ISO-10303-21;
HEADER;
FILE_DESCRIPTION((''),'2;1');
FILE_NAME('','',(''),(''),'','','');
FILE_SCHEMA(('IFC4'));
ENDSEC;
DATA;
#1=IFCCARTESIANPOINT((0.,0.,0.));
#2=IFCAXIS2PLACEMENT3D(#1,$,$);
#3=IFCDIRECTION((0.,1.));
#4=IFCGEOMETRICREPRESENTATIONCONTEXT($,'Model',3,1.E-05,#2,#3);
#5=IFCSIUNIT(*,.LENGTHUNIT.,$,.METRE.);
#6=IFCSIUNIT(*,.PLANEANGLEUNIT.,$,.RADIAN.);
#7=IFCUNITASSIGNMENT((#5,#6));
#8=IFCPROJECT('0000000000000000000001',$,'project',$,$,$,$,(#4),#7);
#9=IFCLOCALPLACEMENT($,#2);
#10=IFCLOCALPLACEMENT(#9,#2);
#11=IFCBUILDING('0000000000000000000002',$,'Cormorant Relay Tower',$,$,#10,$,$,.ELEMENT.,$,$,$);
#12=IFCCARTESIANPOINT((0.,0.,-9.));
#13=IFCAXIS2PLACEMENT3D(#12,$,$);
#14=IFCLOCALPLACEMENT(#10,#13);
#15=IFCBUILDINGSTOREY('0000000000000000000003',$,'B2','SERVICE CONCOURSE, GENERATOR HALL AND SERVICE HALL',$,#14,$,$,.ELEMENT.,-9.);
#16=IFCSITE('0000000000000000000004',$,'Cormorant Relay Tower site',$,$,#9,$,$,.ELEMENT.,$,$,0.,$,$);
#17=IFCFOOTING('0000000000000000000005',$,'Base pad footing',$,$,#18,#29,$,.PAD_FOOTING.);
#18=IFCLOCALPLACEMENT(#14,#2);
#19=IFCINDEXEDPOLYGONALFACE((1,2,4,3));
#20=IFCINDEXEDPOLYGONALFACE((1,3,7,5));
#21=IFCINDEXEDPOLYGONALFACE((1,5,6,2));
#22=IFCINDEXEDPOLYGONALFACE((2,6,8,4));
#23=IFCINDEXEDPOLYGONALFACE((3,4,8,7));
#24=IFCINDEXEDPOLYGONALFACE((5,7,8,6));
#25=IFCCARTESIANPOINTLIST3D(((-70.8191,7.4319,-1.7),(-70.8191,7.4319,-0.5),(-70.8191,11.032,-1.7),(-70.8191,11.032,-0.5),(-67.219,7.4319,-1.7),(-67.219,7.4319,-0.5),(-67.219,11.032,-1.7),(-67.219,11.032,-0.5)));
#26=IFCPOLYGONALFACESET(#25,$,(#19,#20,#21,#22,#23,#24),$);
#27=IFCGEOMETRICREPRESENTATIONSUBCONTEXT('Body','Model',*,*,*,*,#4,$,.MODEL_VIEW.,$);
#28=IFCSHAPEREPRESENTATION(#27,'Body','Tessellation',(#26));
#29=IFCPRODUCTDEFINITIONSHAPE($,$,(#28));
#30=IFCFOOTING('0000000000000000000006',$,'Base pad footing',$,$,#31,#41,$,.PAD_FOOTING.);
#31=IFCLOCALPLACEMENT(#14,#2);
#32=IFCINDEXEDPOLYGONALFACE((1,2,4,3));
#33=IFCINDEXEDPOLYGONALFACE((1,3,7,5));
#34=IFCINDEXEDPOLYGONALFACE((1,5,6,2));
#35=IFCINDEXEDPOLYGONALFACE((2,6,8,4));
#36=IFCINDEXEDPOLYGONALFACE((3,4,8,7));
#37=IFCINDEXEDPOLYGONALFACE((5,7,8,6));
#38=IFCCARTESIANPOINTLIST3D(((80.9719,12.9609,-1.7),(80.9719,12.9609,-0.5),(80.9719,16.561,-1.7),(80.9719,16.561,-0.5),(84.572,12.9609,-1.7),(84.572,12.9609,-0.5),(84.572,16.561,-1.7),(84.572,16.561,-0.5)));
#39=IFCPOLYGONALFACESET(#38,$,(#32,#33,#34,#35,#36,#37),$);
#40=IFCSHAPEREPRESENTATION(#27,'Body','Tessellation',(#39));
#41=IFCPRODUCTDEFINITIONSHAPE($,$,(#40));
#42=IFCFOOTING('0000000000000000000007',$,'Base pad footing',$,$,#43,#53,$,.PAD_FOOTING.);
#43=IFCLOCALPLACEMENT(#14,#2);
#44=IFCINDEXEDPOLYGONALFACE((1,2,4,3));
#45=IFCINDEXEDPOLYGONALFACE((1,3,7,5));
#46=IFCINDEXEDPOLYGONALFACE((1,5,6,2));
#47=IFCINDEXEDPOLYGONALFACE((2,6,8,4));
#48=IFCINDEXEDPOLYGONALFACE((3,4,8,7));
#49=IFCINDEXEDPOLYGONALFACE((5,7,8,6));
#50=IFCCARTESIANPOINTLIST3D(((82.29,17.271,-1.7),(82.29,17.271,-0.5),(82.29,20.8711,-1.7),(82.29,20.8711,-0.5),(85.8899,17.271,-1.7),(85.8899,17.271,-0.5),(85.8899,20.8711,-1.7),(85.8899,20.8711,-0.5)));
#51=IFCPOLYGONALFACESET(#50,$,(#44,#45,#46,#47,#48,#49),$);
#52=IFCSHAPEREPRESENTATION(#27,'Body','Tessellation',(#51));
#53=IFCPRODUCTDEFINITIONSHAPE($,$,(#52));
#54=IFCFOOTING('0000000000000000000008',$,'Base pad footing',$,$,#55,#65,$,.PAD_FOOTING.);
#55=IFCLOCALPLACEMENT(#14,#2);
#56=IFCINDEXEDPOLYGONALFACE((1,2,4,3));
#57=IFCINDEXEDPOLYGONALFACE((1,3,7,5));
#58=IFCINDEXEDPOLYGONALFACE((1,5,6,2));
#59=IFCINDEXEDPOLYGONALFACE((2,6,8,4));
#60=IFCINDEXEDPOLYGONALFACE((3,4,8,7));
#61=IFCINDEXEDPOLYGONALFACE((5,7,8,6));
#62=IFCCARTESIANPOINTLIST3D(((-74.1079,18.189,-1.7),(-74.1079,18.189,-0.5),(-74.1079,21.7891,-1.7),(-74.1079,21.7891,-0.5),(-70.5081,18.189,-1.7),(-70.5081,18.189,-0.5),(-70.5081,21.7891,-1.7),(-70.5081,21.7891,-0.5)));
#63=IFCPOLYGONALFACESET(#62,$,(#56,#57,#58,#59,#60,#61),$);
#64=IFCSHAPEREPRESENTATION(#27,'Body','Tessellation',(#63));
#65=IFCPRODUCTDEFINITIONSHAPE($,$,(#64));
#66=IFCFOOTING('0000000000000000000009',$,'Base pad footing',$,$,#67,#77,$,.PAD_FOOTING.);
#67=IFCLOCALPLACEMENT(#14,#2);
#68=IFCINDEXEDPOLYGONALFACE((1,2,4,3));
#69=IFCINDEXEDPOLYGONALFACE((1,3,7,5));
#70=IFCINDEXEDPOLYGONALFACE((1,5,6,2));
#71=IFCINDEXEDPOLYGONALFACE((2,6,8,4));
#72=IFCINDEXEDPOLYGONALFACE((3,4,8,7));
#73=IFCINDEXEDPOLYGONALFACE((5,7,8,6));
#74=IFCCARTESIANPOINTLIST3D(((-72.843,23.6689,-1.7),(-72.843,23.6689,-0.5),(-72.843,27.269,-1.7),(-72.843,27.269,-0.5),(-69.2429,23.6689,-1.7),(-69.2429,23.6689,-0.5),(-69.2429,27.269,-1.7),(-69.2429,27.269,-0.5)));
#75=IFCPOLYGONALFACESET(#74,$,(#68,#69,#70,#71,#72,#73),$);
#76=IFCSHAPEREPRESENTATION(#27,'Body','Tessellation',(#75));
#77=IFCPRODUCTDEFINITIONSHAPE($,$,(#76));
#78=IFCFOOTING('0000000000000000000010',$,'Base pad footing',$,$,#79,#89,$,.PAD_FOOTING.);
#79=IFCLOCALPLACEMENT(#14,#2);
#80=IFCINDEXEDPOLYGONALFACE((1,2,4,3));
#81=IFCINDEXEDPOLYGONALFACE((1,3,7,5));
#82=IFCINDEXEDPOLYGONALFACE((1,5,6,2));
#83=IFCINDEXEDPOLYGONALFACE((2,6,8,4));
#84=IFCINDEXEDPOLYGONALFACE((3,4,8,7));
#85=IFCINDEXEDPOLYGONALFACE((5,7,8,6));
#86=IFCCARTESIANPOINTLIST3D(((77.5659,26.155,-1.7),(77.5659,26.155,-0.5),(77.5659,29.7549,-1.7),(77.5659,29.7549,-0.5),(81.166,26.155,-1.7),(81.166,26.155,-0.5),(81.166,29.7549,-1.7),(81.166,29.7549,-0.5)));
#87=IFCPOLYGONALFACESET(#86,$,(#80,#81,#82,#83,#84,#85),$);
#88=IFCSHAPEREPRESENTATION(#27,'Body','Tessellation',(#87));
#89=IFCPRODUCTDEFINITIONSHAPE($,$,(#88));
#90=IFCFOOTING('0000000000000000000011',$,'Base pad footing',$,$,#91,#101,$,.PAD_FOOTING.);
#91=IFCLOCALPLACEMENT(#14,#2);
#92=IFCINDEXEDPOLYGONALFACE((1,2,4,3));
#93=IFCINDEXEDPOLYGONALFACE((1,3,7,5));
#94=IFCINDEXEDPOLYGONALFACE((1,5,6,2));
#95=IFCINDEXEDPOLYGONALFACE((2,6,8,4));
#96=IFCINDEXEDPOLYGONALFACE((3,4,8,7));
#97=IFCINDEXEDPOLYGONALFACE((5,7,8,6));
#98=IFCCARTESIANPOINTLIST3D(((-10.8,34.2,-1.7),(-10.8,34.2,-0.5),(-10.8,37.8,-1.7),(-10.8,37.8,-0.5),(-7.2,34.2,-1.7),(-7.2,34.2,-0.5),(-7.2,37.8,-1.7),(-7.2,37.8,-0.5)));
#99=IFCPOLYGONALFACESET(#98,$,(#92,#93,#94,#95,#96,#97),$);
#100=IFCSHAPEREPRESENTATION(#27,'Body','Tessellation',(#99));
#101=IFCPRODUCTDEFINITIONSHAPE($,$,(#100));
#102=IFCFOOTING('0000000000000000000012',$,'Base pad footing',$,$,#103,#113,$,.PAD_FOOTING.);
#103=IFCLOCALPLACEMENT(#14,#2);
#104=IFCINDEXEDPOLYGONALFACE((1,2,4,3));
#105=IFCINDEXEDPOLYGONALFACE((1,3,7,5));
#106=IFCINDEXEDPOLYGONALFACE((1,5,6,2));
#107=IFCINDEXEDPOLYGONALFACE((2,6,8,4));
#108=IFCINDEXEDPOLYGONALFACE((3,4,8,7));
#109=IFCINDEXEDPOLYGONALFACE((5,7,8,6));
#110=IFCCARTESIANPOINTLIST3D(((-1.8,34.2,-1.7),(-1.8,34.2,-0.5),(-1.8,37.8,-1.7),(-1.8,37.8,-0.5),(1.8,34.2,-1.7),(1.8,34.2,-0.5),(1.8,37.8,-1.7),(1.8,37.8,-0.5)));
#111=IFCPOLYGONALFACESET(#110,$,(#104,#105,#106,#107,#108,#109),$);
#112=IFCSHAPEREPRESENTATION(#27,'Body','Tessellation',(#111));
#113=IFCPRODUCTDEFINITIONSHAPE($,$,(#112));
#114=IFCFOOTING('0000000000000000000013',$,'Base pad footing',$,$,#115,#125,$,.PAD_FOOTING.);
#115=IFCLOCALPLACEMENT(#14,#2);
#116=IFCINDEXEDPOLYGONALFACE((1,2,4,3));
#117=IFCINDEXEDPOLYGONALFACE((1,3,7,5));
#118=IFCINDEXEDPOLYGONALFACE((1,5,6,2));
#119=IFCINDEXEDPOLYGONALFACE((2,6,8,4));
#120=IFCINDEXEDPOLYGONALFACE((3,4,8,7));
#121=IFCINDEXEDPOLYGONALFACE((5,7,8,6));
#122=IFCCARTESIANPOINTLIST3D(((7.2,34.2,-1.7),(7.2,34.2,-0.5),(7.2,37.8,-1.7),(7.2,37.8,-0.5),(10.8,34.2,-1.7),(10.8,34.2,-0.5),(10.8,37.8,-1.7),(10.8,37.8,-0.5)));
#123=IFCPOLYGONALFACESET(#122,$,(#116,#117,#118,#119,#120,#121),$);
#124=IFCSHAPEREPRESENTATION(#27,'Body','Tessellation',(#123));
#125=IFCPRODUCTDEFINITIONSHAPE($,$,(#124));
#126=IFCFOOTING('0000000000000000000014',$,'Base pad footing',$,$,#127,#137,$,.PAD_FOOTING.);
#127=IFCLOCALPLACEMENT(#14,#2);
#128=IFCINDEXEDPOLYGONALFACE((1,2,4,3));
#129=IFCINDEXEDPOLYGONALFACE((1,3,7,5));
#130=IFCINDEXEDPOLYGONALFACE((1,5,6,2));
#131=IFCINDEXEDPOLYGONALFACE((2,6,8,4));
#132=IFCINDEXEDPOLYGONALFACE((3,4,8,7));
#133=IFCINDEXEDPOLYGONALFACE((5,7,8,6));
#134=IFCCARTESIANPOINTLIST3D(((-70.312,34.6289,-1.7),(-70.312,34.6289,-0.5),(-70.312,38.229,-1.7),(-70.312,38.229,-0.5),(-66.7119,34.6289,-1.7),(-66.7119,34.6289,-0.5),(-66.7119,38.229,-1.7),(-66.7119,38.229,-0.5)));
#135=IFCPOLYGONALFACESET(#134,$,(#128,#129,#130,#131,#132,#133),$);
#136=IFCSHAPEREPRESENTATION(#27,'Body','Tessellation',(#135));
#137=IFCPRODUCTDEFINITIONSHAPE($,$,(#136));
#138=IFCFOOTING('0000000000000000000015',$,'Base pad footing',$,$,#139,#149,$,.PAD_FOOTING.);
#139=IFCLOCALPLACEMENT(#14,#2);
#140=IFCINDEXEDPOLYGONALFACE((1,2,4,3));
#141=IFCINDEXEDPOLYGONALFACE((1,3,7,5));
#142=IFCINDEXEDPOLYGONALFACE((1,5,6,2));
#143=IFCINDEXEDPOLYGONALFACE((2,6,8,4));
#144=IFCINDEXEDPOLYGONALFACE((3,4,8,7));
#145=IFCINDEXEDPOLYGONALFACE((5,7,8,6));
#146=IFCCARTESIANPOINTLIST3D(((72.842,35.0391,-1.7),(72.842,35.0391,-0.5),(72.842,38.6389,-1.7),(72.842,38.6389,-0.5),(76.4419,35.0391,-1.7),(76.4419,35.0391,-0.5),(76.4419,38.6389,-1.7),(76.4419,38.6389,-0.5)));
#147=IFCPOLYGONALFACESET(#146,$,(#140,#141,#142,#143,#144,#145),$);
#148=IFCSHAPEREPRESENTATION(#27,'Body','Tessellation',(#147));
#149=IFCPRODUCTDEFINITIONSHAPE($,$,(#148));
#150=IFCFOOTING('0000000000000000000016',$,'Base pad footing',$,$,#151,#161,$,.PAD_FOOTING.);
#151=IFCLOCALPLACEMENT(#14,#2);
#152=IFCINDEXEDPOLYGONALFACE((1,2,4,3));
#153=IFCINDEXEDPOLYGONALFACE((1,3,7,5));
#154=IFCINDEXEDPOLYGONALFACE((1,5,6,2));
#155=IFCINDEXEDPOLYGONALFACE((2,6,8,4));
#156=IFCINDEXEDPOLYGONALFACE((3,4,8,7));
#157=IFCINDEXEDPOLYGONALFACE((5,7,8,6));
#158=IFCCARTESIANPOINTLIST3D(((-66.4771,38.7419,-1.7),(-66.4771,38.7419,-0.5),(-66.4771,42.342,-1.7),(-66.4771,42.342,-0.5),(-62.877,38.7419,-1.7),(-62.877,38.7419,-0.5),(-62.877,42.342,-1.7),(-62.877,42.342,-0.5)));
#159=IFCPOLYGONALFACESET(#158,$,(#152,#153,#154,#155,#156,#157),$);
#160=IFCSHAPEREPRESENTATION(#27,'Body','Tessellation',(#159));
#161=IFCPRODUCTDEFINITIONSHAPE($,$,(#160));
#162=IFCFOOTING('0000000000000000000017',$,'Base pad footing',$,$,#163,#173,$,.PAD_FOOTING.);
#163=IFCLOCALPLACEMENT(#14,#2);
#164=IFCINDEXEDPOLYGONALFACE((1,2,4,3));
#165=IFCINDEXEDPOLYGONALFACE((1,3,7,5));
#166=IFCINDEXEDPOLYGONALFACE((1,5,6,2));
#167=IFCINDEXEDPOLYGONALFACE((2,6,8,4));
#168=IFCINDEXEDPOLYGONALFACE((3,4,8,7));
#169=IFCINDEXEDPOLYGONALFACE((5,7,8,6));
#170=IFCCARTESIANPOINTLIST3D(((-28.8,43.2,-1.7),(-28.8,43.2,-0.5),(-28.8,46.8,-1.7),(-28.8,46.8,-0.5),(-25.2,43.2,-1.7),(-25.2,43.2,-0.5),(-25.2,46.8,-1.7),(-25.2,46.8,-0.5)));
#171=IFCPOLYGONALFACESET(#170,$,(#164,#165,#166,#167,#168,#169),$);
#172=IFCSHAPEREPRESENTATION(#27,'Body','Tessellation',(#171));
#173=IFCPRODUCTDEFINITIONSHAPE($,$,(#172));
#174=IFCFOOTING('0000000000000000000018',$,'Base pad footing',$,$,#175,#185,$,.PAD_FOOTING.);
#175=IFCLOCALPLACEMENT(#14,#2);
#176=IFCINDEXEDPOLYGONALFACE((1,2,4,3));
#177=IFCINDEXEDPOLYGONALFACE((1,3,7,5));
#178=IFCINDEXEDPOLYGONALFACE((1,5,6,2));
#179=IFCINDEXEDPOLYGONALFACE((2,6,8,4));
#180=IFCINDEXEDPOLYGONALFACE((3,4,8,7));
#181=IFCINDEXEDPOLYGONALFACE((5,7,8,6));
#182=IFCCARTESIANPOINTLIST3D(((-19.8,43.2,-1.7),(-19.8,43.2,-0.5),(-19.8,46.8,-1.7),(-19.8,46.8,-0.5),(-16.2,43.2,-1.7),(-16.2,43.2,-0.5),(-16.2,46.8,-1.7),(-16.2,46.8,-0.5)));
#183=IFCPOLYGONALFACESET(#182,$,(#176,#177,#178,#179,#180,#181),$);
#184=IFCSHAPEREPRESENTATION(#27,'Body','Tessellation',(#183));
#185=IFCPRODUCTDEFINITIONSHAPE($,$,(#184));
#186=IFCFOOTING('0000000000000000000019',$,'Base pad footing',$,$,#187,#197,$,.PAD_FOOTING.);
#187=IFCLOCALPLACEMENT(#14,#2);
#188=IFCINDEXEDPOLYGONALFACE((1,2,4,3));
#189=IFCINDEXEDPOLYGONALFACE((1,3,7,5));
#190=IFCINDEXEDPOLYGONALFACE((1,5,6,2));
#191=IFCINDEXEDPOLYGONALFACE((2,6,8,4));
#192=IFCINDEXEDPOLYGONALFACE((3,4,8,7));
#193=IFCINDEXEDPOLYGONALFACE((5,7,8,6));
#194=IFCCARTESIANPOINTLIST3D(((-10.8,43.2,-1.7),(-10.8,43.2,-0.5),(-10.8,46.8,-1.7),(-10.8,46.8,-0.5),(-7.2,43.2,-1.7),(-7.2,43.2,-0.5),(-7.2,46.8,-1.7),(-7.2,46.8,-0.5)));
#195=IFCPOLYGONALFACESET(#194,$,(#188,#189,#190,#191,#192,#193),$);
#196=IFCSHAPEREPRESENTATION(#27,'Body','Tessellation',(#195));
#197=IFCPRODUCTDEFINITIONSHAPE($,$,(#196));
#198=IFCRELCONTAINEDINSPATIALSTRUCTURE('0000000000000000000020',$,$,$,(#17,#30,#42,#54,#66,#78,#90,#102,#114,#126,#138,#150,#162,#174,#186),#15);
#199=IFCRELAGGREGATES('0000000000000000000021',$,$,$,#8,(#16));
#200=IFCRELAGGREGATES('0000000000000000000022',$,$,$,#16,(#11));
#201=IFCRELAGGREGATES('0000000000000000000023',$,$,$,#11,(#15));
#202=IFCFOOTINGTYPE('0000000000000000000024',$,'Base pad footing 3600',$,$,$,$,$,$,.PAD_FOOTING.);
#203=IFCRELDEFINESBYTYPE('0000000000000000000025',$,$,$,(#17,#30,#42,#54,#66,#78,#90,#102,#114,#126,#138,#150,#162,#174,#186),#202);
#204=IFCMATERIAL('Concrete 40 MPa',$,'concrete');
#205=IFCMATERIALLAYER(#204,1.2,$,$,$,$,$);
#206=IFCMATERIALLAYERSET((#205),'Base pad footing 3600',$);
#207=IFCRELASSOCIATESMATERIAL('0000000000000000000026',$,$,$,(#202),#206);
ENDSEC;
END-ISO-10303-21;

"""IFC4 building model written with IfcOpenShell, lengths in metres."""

from ifc_helpers import new_model, si_unit, direction, frame, origin, place, context, subcontext, project, spatial, polyline, outline, extrude, material, layer, layer_set, type_object, element, save


model = new_model("IFC4")

# Units and contexts
model_context = context("Model", 3, precision=1e-05, world=origin(), true_north=direction((0.0, 1.0)))
body_context = subcontext(model_context, "Body", "Model", "MODEL_VIEW")
ifc_project = project(units=[si_unit("LENGTHUNIT", "METRE"), si_unit("PLANEANGLEUNIT", "RADIAN")], contexts=[model_context])

# Site, building, storey
site_placement = place(None, origin())
site = spatial("IfcSite", under=ifc_project, at=site_placement, Name="Cormorant Relay Tower site", CompositionType="ELEMENT", RefElevation=0.0)
building_placement = place(site_placement, origin())
building = spatial("IfcBuilding", under=site, at=building_placement, Name="Cormorant Relay Tower", CompositionType="ELEMENT")
storey_placement = place(building_placement, frame((0.0, 0.0, -9.0)))
storey = spatial("IfcBuildingStorey", under=building, at=storey_placement, Name="B2", Description="SERVICE CONCOURSE, GENERATOR HALL AND SERVICE HALL", CompositionType="ELEMENT", Elevation=-9.0)

# Footings
ifc_material_1 = material(Name="Concrete 40 MPa", Category="concrete")
ifc_layer = layer(ifc_material_1, 1.2)
ifc_layer_set = layer_set([ifc_layer], Name="Base pad footing 3600")
footing_type = type_object("IfcFootingType", Name="Base pad footing 3600", PredefinedType="PAD_FOOTING", material=ifc_layer_set)
footing_1_placement = place(storey_placement, frame((0.0, 0.0, -1.7)))
element("IfcFooting", 1, at=footing_1_placement, inside=storey, type_object=footing_type, Name="Base pad footing", PredefinedType="PAD_FOOTING", context=body_context, shape_type="SweptSolid", body=[
    extrude(outline(polyline([(-70.8191, 7.4319), (-67.219, 7.4319), (-67.219, 11.032), (-70.8191, 11.032), (-70.8191, 7.4319)])), origin(), (0.0, 0.0, 1.0), 1.2),
])
footing_2_placement = place(storey_placement, frame((0.0, 0.0, -1.7)))
element("IfcFooting", 2, at=footing_2_placement, inside=storey, type_object=footing_type, Name="Base pad footing", PredefinedType="PAD_FOOTING", context=body_context, shape_type="SweptSolid", body=[
    extrude(outline(polyline([(80.9719, 12.9609), (84.572, 12.9609), (84.572, 16.561), (80.9719, 16.561), (80.9719, 12.9609)])), origin(), (0.0, 0.0, 1.0), 1.2),
])
footing_3_placement = place(storey_placement, frame((0.0, 0.0, -1.7)))
element("IfcFooting", 3, at=footing_3_placement, inside=storey, type_object=footing_type, Name="Base pad footing", PredefinedType="PAD_FOOTING", context=body_context, shape_type="SweptSolid", body=[
    extrude(outline(polyline([(82.29, 17.271), (85.8899, 17.271), (85.8899, 20.8711), (82.29, 20.8711), (82.29, 17.271)])), origin(), (0.0, 0.0, 1.0), 1.2),
])
footing_4_placement = place(storey_placement, frame((0.0, 0.0, -1.7)))
element("IfcFooting", 4, at=footing_4_placement, inside=storey, type_object=footing_type, Name="Base pad footing", PredefinedType="PAD_FOOTING", context=body_context, shape_type="SweptSolid", body=[
    extrude(outline(polyline([(-74.1079, 18.189), (-70.5081, 18.189), (-70.5081, 21.7891), (-74.1079, 21.7891), (-74.1079, 18.189)])), origin(), (0.0, 0.0, 1.0), 1.2),
])
footing_5_placement = place(storey_placement, frame((0.0, 0.0, -1.7)))
element("IfcFooting", 5, at=footing_5_placement, inside=storey, type_object=footing_type, Name="Base pad footing", PredefinedType="PAD_FOOTING", context=body_context, shape_type="SweptSolid", body=[
    extrude(outline(polyline([(-72.843, 23.6689), (-69.2429, 23.6689), (-69.2429, 27.269), (-72.843, 27.269), (-72.843, 23.6689)])), origin(), (0.0, 0.0, 1.0), 1.2),
])
footing_6_placement = place(storey_placement, frame((0.0, 0.0, -1.7)))
element("IfcFooting", 6, at=footing_6_placement, inside=storey, type_object=footing_type, Name="Base pad footing", PredefinedType="PAD_FOOTING", context=body_context, shape_type="SweptSolid", body=[
    extrude(outline(polyline([(77.5659, 26.155), (81.166, 26.155), (81.166, 29.7549), (77.5659, 29.7549), (77.5659, 26.155)])), origin(), (0.0, 0.0, 1.0), 1.2),
])
footing_7_placement = place(storey_placement, frame((0.0, 0.0, -1.7)))
element("IfcFooting", 7, at=footing_7_placement, inside=storey, type_object=footing_type, Name="Base pad footing", PredefinedType="PAD_FOOTING", context=body_context, shape_type="SweptSolid", body=[
    extrude(outline(polyline([(-10.8, 34.2), (-7.2, 34.2), (-7.2, 37.8), (-10.8, 37.8), (-10.8, 34.2)])), origin(), (0.0, 0.0, 1.0), 1.2),
])
footing_8_placement = place(storey_placement, frame((0.0, 0.0, -1.7)))
element("IfcFooting", 8, at=footing_8_placement, inside=storey, type_object=footing_type, Name="Base pad footing", PredefinedType="PAD_FOOTING", context=body_context, shape_type="SweptSolid", body=[
    extrude(outline(polyline([(-1.8, 34.2), (1.8, 34.2), (1.8, 37.8), (-1.8, 37.8), (-1.8, 34.2)])), origin(), (0.0, 0.0, 1.0), 1.2),
])
footing_9_placement = place(storey_placement, frame((0.0, 0.0, -1.7)))
element("IfcFooting", 9, at=footing_9_placement, inside=storey, type_object=footing_type, Name="Base pad footing", PredefinedType="PAD_FOOTING", context=body_context, shape_type="SweptSolid", body=[
    extrude(outline(polyline([(7.2, 34.2), (10.8, 34.2), (10.8, 37.8), (7.2, 37.8), (7.2, 34.2)])), origin(), (0.0, 0.0, 1.0), 1.2),
])
footing_10_placement = place(storey_placement, frame((0.0, 0.0, -1.7)))
element("IfcFooting", 10, at=footing_10_placement, inside=storey, type_object=footing_type, Name="Base pad footing", PredefinedType="PAD_FOOTING", context=body_context, shape_type="SweptSolid", body=[
    extrude(outline(polyline([(-70.312, 34.6289), (-66.7119, 34.6289), (-66.7119, 38.229), (-70.312, 38.229), (-70.312, 34.6289)])), origin(), (0.0, 0.0, 1.0), 1.2),
])
footing_11_placement = place(storey_placement, frame((0.0, 0.0, -1.7)))
element("IfcFooting", 11, at=footing_11_placement, inside=storey, type_object=footing_type, Name="Base pad footing", PredefinedType="PAD_FOOTING", context=body_context, shape_type="SweptSolid", body=[
    extrude(outline(polyline([(72.842, 35.0391), (76.4419, 35.0391), (76.4419, 38.6389), (72.842, 38.6389), (72.842, 35.0391)])), origin(), (0.0, 0.0, 1.0), 1.2),
])
footing_12_placement = place(storey_placement, frame((0.0, 0.0, -1.7)))
element("IfcFooting", 12, at=footing_12_placement, inside=storey, type_object=footing_type, Name="Base pad footing", PredefinedType="PAD_FOOTING", context=body_context, shape_type="SweptSolid", body=[
    extrude(outline(polyline([(-66.4771, 38.7419), (-62.877, 38.7419), (-62.877, 42.342), (-66.4771, 42.342), (-66.4771, 38.7419)])), origin(), (0.0, 0.0, 1.0), 1.2),
])
footing_13_placement = place(storey_placement, frame((0.0, 0.0, -1.7)))
element("IfcFooting", 13, at=footing_13_placement, inside=storey, type_object=footing_type, Name="Base pad footing", PredefinedType="PAD_FOOTING", context=body_context, shape_type="SweptSolid", body=[
    extrude(outline(polyline([(-28.8, 43.2), (-25.2, 43.2), (-25.2, 46.8), (-28.8, 46.8), (-28.8, 43.2)])), origin(), (0.0, 0.0, 1.0), 1.2),
])
footing_14_placement = place(storey_placement, frame((0.0, 0.0, -1.7)))
element("IfcFooting", 14, at=footing_14_placement, inside=storey, type_object=footing_type, Name="Base pad footing", PredefinedType="PAD_FOOTING", context=body_context, shape_type="SweptSolid", body=[
    extrude(outline(polyline([(-19.8, 43.2), (-16.2, 43.2), (-16.2, 46.8), (-19.8, 46.8), (-19.8, 43.2)])), origin(), (0.0, 0.0, 1.0), 1.2),
])
footing_15_placement = place(storey_placement, frame((0.0, 0.0, -1.7)))
element("IfcFooting", 15, at=footing_15_placement, inside=storey, type_object=footing_type, Name="Base pad footing", PredefinedType="PAD_FOOTING", context=body_context, shape_type="SweptSolid", body=[
    extrude(outline(polyline([(-10.8, 43.2), (-7.2, 43.2), (-7.2, 46.8), (-10.8, 46.8), (-10.8, 43.2)])), origin(), (0.0, 0.0, 1.0), 1.2),
])

save(model, "model.ifc")
